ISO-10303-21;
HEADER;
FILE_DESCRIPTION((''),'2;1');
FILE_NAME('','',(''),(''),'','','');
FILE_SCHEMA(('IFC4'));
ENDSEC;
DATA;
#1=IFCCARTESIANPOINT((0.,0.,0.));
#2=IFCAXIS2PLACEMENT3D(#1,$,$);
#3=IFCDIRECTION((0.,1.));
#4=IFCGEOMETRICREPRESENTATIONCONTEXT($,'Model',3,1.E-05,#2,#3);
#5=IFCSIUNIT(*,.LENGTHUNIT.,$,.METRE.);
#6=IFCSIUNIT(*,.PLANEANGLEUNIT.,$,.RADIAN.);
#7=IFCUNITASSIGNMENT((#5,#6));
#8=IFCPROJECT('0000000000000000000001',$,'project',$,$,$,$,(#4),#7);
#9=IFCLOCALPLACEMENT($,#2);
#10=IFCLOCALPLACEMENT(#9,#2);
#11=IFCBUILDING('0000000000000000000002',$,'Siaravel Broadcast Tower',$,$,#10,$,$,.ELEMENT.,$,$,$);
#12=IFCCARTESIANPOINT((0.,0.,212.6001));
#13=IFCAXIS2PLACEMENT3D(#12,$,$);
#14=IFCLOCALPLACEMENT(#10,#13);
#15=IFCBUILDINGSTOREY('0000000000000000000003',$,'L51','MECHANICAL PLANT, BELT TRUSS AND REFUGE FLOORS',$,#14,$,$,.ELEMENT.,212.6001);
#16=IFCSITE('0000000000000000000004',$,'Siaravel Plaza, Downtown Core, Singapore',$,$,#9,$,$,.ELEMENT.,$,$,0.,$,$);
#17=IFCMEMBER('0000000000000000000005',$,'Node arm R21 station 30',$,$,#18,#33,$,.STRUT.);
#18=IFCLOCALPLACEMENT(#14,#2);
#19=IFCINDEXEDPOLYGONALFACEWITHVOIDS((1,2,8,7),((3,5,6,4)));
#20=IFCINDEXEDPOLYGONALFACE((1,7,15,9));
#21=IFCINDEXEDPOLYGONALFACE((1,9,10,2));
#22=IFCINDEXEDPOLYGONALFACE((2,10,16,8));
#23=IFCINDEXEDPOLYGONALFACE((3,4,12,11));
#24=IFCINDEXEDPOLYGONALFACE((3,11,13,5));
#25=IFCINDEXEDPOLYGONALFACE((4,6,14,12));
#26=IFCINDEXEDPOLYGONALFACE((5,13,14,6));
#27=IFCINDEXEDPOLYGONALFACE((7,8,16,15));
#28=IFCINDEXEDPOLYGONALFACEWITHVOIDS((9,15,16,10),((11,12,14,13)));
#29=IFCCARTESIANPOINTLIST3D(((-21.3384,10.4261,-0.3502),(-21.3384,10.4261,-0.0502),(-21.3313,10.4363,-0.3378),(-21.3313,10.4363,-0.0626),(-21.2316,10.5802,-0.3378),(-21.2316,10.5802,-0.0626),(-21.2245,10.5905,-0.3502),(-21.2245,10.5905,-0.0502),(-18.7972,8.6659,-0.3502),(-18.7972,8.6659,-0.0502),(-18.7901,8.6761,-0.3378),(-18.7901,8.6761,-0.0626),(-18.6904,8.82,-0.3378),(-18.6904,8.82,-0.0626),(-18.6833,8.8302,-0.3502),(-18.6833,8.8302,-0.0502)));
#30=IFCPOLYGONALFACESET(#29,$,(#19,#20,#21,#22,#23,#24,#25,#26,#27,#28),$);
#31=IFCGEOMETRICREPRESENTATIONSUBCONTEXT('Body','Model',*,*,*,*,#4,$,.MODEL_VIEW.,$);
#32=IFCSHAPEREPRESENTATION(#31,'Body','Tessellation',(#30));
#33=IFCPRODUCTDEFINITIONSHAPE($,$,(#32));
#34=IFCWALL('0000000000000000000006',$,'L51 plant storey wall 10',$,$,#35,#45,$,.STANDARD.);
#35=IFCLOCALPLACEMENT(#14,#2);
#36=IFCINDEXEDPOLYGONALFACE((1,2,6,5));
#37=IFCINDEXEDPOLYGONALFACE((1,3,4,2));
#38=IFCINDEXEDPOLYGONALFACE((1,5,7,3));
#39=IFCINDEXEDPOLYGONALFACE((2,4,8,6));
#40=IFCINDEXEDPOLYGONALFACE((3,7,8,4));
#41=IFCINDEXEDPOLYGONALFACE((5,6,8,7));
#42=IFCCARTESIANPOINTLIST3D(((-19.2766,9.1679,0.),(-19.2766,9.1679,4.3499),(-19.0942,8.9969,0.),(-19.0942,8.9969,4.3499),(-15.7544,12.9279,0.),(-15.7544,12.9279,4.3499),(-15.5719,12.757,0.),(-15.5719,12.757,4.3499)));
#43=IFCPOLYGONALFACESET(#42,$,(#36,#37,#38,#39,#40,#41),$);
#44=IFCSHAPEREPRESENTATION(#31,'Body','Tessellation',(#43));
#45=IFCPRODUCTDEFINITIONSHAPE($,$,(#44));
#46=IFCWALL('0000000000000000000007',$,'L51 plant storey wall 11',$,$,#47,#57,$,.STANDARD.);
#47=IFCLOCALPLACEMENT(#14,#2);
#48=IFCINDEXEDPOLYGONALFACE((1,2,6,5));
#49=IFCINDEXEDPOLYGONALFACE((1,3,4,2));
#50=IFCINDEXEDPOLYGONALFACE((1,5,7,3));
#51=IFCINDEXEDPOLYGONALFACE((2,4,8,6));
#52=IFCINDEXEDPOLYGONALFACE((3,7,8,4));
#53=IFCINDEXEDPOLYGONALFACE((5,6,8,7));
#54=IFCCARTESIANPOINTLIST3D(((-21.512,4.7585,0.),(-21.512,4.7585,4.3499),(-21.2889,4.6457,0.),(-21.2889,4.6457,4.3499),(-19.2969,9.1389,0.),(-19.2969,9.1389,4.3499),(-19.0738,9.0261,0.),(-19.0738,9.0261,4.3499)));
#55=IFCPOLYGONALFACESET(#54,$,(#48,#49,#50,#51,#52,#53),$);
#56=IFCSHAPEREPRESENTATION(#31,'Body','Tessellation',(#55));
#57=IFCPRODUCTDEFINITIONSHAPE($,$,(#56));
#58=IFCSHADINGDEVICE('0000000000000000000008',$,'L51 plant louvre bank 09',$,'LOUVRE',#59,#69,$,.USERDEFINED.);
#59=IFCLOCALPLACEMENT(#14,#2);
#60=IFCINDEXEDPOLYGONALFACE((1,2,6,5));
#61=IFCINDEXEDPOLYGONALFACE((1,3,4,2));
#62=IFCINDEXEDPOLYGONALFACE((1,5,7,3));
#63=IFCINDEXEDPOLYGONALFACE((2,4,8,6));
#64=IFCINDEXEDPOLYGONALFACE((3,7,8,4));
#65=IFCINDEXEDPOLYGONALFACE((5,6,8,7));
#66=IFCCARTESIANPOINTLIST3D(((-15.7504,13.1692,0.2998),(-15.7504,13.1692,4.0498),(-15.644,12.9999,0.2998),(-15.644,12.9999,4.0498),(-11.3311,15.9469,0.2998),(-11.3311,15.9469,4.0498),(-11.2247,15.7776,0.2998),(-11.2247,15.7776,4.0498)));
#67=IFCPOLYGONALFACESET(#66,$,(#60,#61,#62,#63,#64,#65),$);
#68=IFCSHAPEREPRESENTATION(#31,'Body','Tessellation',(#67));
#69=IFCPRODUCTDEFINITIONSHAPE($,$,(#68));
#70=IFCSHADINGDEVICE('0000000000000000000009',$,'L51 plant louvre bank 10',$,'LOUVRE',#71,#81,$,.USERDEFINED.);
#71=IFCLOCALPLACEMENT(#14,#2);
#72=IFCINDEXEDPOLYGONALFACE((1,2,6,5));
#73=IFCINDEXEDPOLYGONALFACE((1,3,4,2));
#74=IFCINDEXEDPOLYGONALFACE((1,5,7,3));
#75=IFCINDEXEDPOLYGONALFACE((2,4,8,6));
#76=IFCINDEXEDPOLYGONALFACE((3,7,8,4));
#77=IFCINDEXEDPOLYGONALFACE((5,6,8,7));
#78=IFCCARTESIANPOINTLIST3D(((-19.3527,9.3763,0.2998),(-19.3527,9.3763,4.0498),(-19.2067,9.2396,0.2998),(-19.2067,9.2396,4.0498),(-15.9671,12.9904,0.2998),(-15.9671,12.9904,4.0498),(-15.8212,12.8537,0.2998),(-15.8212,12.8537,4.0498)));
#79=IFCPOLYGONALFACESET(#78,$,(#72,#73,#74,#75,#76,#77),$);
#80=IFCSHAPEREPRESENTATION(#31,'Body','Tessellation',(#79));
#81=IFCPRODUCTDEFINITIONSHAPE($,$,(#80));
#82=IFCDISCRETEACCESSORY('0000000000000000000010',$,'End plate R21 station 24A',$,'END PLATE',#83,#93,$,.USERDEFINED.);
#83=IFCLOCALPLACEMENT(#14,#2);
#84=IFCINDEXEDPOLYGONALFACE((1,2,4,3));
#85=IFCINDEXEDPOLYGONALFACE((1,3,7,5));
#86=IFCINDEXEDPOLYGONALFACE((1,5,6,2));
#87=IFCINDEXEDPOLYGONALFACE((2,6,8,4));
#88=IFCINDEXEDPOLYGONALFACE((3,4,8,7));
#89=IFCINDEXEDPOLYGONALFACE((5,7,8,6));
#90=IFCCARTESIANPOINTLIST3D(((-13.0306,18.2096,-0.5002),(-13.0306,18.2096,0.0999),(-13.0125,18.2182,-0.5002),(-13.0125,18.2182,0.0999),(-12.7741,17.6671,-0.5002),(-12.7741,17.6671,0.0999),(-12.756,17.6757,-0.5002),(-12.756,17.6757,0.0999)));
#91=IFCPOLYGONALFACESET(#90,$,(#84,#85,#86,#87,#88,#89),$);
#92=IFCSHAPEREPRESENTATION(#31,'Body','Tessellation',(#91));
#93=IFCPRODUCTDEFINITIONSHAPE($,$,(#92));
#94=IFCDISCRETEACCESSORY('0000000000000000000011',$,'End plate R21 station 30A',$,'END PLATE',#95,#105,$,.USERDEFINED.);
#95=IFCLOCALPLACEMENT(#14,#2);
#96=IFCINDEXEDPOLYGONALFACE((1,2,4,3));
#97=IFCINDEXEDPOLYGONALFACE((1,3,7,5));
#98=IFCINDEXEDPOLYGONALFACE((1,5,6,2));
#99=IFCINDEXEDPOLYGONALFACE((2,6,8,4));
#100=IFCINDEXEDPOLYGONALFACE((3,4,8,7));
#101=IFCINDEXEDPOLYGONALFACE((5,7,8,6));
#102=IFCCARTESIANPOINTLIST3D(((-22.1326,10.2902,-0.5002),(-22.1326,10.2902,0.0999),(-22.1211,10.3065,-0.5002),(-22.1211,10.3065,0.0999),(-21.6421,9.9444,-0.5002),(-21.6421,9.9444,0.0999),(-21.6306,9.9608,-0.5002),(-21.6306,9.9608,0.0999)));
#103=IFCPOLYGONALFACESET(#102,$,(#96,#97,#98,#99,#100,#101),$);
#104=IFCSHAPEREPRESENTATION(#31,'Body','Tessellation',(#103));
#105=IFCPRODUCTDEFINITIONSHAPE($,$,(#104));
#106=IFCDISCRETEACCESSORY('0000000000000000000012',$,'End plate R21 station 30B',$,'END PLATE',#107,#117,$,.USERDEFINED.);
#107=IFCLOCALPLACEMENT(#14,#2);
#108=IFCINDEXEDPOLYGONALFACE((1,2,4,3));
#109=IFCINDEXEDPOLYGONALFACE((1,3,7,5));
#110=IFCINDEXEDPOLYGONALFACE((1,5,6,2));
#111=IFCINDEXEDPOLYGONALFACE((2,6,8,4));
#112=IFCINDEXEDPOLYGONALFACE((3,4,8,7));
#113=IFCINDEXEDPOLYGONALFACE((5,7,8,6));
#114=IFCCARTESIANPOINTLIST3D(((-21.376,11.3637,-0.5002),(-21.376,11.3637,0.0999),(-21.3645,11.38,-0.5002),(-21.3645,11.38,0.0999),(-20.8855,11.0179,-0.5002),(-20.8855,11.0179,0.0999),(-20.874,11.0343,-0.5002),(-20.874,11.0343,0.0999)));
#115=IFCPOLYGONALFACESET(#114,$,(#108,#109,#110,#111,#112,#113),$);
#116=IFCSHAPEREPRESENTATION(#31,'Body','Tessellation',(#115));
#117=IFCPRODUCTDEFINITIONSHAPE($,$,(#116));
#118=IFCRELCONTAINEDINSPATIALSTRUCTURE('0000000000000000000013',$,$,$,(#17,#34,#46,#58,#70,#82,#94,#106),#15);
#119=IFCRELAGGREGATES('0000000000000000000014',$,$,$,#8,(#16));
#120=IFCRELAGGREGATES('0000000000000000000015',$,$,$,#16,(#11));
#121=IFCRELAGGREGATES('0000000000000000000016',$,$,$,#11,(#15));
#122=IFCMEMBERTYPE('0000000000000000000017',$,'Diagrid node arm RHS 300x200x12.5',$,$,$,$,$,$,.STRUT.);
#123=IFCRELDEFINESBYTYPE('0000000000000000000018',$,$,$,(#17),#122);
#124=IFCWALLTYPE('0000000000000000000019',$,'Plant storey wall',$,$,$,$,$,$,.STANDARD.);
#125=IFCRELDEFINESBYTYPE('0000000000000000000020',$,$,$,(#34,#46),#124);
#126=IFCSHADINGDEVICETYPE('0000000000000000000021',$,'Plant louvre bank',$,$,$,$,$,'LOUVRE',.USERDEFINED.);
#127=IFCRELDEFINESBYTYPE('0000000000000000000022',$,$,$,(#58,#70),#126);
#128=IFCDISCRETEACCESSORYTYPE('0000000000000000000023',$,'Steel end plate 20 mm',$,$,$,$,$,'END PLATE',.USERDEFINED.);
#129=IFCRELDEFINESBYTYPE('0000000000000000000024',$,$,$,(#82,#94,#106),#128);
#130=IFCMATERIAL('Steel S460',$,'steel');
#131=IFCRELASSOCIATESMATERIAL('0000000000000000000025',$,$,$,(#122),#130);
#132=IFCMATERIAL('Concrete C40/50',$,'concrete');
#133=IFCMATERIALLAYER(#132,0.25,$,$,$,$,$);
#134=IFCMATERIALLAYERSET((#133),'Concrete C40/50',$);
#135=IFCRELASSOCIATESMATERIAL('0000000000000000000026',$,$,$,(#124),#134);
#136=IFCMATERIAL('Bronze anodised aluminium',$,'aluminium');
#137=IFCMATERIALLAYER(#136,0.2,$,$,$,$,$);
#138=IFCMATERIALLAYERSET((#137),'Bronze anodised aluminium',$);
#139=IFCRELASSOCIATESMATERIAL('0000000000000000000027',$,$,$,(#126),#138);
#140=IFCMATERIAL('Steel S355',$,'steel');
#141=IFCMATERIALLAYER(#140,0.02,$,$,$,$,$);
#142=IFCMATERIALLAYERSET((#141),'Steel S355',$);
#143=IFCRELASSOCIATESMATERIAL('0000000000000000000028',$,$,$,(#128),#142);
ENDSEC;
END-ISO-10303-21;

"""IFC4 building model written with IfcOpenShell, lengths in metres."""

from ifc_helpers import new_model, si_unit, direction, frame, frame_2d, origin, origin_2d, place, context, subcontext, project, spatial, rectangle, hollow_rectangle, extrude, material, layer, layer_set, material_profile, profile_set, type_object, element, save


model = new_model("IFC4")

# Units and contexts
model_context = context("Model", 3, precision=1e-05, world=origin(), true_north=direction((0.0, 1.0)))
body_context = subcontext(model_context, "Body", "Model", "MODEL_VIEW")
ifc_project = project(units=[si_unit("LENGTHUNIT", "METRE"), si_unit("PLANEANGLEUNIT", "RADIAN")], contexts=[model_context])

# Site, building, storey
site_placement = place(None, origin())
site = spatial("IfcSite", under=ifc_project, at=site_placement, Name="Siaravel Plaza, Downtown Core, Singapore", CompositionType="ELEMENT", RefElevation=0.0)
building_placement = place(site_placement, origin())
building = spatial("IfcBuilding", under=site, at=building_placement, Name="Siaravel Broadcast Tower", CompositionType="ELEMENT")
storey_placement = place(building_placement, frame((0.0, 0.0, 212.6001)))
storey = spatial("IfcBuildingStorey", under=building, at=storey_placement, Name="L51", Description="MECHANICAL PLANT, BELT TRUSS AND REFUGE FLOORS", CompositionType="ELEMENT", Elevation=212.6001)

# Shared definitions
ifc_material_1 = material(Name="Steel S355", Category="steel")
ifc_material_2 = material(Name="Steel S460", Category="steel")

# Member
ifc_material_profile_1 = material_profile(ifc_material_2, hollow_rectangle(XDim=0.2, YDim=0.3, WallThickness=0.0125, at=origin_2d()))
ifc_profile_set_1 = profile_set([ifc_material_profile_1], Name="Steel S460")
member_type_1 = type_object("IfcMemberType", Name="Diagrid node arm RHS 300x200x12.5", PredefinedType="STRUT", material=ifc_profile_set_1)
member_1_placement = place(storey_placement, frame((-18.7402, 8.748, -0.2002), z_axis=(-0.822053, 0.569411, 0.0), x_axis=(-0.569411, -0.822053, 0.0)))
element("IfcMember", 1, at=member_1_placement, inside=storey, type_object=member_type_1, Name="Node arm R21 station 30", PredefinedType="STRUT", context=body_context, shape_type="SweptSolid", body=[
    extrude(hollow_rectangle(XDim=0.2, YDim=0.3, WallThickness=0.0125, at=origin_2d()), origin(), (0.0, 0.0, 1.0), 3.0913),
])

# Walls
ifc_material_3 = material(Name="Concrete C40/50", Category="concrete")
ifc_layer_1 = layer(ifc_material_3, 0.25)
ifc_layer_set_1 = layer_set([ifc_layer_1], Name="Concrete C40/50")
wall_type = type_object("IfcWallType", Name="Plant storey wall", PredefinedType="STANDARD", material=ifc_layer_set_1)
wall_1_placement = place(storey_placement, frame((-15.6631, 12.8425, 0.0), z_axis=(0.0, 0.0, 1.0), x_axis=(-0.683653, -0.729808, 0.0)))
element("IfcWall", 2, at=wall_1_placement, inside=storey, type_object=wall_type, Name="L51 plant storey wall 10", PredefinedType="STANDARD", context=body_context, shape_type="SweptSolid", body=[
    extrude(rectangle(XDim=5.1521, YDim=0.25, at=frame_2d((2.5762, 0.0))), origin(), (0.0, 0.0, 1.0), 4.3499),
])
wall_2_placement = place(storey_placement, frame((-19.1853, 9.0825, 0.0), z_axis=(0.0, 0.0, 1.0), x_axis=(-0.451268, -0.892389, 0.0)))
element("IfcWall", 3, at=wall_2_placement, inside=storey, type_object=wall_type, Name="L51 plant storey wall 11", PredefinedType="STANDARD", context=body_context, shape_type="SweptSolid", body=[
    extrude(rectangle(XDim=4.9087, YDim=0.25, at=frame_2d((2.4543, 0.0))), origin(), (0.0, 0.0, 1.0), 4.3499),
])

# Shading devices
ifc_material_4 = material(Name="Bronze anodised aluminium", Category="aluminium")
ifc_layer_2 = layer(ifc_material_4, 0.2)
ifc_layer_set_2 = layer_set([ifc_layer_2], Name="Bronze anodised aluminium")
shading_device_type = type_object("IfcShadingDeviceType", Name="Plant louvre bank", ElementType="LOUVRE", PredefinedType="USERDEFINED", material=ifc_layer_set_2)
shading_device_1_placement = place(storey_placement, frame((-13.4875, 14.4734, 0.2998), z_axis=(0.0, 0.0, 1.0), x_axis=(-0.84665, -0.532149, 0.0)))
element("IfcShadingDevice", 4, at=shading_device_1_placement, inside=storey, type_object=shading_device_type, Name="L51 plant louvre bank 09", ObjectType="LOUVRE", PredefinedType="USERDEFINED", context=body_context, shape_type="SweptSolid", body=[
    extrude(rectangle(XDim=5.2197, YDim=0.2, at=origin_2d()), origin(), (0.0, 0.0, 1.0), 3.75),
])
shading_device_2_placement = place(storey_placement, frame((-17.5869, 11.115, 0.2998), z_axis=(0.0, 0.0, 1.0), x_axis=(-0.683656, -0.729804, 0.0)))
element("IfcShadingDevice", 5, at=shading_device_2_placement, inside=storey, type_object=shading_device_type, Name="L51 plant louvre bank 10", ObjectType="LOUVRE", PredefinedType="USERDEFINED", context=body_context, shape_type="SweptSolid", body=[
    extrude(rectangle(XDim=4.9521, YDim=0.2, at=origin_2d()), origin(), (0.0, 0.0, 1.0), 3.75),
])

# Discrete accessories
ifc_layer_3 = layer(ifc_material_1, 0.02)
ifc_layer_set_3 = layer_set([ifc_layer_3], Name="Steel S355")
discrete_accessory_type = type_object("IfcDiscreteAccessoryType", Name="Steel end plate 20 mm", ElementType="END PLATE", PredefinedType="USERDEFINED", material=ifc_layer_set_3)
for number, where, z_axis, x_axis, name in (
    (6, (-12.8933, 17.9426, -0.5002), (0.0, 0.0, 1.0), (-0.904006, -0.427519, 0.0), "End plate R21 station 24A"),
    (7, (-21.8816, 10.1255, -0.5002), (0.0, 0.0, 1.0), (-0.576119, -0.817366, 0.0), "End plate R21 station 30A"),
    (8, (-21.125, 11.199, -0.5002), (0.0, 0.0, 1.0), (-0.576119, -0.817366, 0.0), "End plate R21 station 30B"),
):
    element("IfcDiscreteAccessory", number, at=place(storey_placement, frame(where, z_axis=z_axis, x_axis=x_axis)), inside=storey, type_object=discrete_accessory_type, Name=name, ObjectType="END PLATE", PredefinedType="USERDEFINED", context=body_context, shape_type="SweptSolid", body=[
        extrude(rectangle(XDim=0.02, YDim=0.6001, at=origin_2d()), origin(), (0.0, 0.0, 1.0), 0.6001),
    ])

save(model, "model.ifc")
